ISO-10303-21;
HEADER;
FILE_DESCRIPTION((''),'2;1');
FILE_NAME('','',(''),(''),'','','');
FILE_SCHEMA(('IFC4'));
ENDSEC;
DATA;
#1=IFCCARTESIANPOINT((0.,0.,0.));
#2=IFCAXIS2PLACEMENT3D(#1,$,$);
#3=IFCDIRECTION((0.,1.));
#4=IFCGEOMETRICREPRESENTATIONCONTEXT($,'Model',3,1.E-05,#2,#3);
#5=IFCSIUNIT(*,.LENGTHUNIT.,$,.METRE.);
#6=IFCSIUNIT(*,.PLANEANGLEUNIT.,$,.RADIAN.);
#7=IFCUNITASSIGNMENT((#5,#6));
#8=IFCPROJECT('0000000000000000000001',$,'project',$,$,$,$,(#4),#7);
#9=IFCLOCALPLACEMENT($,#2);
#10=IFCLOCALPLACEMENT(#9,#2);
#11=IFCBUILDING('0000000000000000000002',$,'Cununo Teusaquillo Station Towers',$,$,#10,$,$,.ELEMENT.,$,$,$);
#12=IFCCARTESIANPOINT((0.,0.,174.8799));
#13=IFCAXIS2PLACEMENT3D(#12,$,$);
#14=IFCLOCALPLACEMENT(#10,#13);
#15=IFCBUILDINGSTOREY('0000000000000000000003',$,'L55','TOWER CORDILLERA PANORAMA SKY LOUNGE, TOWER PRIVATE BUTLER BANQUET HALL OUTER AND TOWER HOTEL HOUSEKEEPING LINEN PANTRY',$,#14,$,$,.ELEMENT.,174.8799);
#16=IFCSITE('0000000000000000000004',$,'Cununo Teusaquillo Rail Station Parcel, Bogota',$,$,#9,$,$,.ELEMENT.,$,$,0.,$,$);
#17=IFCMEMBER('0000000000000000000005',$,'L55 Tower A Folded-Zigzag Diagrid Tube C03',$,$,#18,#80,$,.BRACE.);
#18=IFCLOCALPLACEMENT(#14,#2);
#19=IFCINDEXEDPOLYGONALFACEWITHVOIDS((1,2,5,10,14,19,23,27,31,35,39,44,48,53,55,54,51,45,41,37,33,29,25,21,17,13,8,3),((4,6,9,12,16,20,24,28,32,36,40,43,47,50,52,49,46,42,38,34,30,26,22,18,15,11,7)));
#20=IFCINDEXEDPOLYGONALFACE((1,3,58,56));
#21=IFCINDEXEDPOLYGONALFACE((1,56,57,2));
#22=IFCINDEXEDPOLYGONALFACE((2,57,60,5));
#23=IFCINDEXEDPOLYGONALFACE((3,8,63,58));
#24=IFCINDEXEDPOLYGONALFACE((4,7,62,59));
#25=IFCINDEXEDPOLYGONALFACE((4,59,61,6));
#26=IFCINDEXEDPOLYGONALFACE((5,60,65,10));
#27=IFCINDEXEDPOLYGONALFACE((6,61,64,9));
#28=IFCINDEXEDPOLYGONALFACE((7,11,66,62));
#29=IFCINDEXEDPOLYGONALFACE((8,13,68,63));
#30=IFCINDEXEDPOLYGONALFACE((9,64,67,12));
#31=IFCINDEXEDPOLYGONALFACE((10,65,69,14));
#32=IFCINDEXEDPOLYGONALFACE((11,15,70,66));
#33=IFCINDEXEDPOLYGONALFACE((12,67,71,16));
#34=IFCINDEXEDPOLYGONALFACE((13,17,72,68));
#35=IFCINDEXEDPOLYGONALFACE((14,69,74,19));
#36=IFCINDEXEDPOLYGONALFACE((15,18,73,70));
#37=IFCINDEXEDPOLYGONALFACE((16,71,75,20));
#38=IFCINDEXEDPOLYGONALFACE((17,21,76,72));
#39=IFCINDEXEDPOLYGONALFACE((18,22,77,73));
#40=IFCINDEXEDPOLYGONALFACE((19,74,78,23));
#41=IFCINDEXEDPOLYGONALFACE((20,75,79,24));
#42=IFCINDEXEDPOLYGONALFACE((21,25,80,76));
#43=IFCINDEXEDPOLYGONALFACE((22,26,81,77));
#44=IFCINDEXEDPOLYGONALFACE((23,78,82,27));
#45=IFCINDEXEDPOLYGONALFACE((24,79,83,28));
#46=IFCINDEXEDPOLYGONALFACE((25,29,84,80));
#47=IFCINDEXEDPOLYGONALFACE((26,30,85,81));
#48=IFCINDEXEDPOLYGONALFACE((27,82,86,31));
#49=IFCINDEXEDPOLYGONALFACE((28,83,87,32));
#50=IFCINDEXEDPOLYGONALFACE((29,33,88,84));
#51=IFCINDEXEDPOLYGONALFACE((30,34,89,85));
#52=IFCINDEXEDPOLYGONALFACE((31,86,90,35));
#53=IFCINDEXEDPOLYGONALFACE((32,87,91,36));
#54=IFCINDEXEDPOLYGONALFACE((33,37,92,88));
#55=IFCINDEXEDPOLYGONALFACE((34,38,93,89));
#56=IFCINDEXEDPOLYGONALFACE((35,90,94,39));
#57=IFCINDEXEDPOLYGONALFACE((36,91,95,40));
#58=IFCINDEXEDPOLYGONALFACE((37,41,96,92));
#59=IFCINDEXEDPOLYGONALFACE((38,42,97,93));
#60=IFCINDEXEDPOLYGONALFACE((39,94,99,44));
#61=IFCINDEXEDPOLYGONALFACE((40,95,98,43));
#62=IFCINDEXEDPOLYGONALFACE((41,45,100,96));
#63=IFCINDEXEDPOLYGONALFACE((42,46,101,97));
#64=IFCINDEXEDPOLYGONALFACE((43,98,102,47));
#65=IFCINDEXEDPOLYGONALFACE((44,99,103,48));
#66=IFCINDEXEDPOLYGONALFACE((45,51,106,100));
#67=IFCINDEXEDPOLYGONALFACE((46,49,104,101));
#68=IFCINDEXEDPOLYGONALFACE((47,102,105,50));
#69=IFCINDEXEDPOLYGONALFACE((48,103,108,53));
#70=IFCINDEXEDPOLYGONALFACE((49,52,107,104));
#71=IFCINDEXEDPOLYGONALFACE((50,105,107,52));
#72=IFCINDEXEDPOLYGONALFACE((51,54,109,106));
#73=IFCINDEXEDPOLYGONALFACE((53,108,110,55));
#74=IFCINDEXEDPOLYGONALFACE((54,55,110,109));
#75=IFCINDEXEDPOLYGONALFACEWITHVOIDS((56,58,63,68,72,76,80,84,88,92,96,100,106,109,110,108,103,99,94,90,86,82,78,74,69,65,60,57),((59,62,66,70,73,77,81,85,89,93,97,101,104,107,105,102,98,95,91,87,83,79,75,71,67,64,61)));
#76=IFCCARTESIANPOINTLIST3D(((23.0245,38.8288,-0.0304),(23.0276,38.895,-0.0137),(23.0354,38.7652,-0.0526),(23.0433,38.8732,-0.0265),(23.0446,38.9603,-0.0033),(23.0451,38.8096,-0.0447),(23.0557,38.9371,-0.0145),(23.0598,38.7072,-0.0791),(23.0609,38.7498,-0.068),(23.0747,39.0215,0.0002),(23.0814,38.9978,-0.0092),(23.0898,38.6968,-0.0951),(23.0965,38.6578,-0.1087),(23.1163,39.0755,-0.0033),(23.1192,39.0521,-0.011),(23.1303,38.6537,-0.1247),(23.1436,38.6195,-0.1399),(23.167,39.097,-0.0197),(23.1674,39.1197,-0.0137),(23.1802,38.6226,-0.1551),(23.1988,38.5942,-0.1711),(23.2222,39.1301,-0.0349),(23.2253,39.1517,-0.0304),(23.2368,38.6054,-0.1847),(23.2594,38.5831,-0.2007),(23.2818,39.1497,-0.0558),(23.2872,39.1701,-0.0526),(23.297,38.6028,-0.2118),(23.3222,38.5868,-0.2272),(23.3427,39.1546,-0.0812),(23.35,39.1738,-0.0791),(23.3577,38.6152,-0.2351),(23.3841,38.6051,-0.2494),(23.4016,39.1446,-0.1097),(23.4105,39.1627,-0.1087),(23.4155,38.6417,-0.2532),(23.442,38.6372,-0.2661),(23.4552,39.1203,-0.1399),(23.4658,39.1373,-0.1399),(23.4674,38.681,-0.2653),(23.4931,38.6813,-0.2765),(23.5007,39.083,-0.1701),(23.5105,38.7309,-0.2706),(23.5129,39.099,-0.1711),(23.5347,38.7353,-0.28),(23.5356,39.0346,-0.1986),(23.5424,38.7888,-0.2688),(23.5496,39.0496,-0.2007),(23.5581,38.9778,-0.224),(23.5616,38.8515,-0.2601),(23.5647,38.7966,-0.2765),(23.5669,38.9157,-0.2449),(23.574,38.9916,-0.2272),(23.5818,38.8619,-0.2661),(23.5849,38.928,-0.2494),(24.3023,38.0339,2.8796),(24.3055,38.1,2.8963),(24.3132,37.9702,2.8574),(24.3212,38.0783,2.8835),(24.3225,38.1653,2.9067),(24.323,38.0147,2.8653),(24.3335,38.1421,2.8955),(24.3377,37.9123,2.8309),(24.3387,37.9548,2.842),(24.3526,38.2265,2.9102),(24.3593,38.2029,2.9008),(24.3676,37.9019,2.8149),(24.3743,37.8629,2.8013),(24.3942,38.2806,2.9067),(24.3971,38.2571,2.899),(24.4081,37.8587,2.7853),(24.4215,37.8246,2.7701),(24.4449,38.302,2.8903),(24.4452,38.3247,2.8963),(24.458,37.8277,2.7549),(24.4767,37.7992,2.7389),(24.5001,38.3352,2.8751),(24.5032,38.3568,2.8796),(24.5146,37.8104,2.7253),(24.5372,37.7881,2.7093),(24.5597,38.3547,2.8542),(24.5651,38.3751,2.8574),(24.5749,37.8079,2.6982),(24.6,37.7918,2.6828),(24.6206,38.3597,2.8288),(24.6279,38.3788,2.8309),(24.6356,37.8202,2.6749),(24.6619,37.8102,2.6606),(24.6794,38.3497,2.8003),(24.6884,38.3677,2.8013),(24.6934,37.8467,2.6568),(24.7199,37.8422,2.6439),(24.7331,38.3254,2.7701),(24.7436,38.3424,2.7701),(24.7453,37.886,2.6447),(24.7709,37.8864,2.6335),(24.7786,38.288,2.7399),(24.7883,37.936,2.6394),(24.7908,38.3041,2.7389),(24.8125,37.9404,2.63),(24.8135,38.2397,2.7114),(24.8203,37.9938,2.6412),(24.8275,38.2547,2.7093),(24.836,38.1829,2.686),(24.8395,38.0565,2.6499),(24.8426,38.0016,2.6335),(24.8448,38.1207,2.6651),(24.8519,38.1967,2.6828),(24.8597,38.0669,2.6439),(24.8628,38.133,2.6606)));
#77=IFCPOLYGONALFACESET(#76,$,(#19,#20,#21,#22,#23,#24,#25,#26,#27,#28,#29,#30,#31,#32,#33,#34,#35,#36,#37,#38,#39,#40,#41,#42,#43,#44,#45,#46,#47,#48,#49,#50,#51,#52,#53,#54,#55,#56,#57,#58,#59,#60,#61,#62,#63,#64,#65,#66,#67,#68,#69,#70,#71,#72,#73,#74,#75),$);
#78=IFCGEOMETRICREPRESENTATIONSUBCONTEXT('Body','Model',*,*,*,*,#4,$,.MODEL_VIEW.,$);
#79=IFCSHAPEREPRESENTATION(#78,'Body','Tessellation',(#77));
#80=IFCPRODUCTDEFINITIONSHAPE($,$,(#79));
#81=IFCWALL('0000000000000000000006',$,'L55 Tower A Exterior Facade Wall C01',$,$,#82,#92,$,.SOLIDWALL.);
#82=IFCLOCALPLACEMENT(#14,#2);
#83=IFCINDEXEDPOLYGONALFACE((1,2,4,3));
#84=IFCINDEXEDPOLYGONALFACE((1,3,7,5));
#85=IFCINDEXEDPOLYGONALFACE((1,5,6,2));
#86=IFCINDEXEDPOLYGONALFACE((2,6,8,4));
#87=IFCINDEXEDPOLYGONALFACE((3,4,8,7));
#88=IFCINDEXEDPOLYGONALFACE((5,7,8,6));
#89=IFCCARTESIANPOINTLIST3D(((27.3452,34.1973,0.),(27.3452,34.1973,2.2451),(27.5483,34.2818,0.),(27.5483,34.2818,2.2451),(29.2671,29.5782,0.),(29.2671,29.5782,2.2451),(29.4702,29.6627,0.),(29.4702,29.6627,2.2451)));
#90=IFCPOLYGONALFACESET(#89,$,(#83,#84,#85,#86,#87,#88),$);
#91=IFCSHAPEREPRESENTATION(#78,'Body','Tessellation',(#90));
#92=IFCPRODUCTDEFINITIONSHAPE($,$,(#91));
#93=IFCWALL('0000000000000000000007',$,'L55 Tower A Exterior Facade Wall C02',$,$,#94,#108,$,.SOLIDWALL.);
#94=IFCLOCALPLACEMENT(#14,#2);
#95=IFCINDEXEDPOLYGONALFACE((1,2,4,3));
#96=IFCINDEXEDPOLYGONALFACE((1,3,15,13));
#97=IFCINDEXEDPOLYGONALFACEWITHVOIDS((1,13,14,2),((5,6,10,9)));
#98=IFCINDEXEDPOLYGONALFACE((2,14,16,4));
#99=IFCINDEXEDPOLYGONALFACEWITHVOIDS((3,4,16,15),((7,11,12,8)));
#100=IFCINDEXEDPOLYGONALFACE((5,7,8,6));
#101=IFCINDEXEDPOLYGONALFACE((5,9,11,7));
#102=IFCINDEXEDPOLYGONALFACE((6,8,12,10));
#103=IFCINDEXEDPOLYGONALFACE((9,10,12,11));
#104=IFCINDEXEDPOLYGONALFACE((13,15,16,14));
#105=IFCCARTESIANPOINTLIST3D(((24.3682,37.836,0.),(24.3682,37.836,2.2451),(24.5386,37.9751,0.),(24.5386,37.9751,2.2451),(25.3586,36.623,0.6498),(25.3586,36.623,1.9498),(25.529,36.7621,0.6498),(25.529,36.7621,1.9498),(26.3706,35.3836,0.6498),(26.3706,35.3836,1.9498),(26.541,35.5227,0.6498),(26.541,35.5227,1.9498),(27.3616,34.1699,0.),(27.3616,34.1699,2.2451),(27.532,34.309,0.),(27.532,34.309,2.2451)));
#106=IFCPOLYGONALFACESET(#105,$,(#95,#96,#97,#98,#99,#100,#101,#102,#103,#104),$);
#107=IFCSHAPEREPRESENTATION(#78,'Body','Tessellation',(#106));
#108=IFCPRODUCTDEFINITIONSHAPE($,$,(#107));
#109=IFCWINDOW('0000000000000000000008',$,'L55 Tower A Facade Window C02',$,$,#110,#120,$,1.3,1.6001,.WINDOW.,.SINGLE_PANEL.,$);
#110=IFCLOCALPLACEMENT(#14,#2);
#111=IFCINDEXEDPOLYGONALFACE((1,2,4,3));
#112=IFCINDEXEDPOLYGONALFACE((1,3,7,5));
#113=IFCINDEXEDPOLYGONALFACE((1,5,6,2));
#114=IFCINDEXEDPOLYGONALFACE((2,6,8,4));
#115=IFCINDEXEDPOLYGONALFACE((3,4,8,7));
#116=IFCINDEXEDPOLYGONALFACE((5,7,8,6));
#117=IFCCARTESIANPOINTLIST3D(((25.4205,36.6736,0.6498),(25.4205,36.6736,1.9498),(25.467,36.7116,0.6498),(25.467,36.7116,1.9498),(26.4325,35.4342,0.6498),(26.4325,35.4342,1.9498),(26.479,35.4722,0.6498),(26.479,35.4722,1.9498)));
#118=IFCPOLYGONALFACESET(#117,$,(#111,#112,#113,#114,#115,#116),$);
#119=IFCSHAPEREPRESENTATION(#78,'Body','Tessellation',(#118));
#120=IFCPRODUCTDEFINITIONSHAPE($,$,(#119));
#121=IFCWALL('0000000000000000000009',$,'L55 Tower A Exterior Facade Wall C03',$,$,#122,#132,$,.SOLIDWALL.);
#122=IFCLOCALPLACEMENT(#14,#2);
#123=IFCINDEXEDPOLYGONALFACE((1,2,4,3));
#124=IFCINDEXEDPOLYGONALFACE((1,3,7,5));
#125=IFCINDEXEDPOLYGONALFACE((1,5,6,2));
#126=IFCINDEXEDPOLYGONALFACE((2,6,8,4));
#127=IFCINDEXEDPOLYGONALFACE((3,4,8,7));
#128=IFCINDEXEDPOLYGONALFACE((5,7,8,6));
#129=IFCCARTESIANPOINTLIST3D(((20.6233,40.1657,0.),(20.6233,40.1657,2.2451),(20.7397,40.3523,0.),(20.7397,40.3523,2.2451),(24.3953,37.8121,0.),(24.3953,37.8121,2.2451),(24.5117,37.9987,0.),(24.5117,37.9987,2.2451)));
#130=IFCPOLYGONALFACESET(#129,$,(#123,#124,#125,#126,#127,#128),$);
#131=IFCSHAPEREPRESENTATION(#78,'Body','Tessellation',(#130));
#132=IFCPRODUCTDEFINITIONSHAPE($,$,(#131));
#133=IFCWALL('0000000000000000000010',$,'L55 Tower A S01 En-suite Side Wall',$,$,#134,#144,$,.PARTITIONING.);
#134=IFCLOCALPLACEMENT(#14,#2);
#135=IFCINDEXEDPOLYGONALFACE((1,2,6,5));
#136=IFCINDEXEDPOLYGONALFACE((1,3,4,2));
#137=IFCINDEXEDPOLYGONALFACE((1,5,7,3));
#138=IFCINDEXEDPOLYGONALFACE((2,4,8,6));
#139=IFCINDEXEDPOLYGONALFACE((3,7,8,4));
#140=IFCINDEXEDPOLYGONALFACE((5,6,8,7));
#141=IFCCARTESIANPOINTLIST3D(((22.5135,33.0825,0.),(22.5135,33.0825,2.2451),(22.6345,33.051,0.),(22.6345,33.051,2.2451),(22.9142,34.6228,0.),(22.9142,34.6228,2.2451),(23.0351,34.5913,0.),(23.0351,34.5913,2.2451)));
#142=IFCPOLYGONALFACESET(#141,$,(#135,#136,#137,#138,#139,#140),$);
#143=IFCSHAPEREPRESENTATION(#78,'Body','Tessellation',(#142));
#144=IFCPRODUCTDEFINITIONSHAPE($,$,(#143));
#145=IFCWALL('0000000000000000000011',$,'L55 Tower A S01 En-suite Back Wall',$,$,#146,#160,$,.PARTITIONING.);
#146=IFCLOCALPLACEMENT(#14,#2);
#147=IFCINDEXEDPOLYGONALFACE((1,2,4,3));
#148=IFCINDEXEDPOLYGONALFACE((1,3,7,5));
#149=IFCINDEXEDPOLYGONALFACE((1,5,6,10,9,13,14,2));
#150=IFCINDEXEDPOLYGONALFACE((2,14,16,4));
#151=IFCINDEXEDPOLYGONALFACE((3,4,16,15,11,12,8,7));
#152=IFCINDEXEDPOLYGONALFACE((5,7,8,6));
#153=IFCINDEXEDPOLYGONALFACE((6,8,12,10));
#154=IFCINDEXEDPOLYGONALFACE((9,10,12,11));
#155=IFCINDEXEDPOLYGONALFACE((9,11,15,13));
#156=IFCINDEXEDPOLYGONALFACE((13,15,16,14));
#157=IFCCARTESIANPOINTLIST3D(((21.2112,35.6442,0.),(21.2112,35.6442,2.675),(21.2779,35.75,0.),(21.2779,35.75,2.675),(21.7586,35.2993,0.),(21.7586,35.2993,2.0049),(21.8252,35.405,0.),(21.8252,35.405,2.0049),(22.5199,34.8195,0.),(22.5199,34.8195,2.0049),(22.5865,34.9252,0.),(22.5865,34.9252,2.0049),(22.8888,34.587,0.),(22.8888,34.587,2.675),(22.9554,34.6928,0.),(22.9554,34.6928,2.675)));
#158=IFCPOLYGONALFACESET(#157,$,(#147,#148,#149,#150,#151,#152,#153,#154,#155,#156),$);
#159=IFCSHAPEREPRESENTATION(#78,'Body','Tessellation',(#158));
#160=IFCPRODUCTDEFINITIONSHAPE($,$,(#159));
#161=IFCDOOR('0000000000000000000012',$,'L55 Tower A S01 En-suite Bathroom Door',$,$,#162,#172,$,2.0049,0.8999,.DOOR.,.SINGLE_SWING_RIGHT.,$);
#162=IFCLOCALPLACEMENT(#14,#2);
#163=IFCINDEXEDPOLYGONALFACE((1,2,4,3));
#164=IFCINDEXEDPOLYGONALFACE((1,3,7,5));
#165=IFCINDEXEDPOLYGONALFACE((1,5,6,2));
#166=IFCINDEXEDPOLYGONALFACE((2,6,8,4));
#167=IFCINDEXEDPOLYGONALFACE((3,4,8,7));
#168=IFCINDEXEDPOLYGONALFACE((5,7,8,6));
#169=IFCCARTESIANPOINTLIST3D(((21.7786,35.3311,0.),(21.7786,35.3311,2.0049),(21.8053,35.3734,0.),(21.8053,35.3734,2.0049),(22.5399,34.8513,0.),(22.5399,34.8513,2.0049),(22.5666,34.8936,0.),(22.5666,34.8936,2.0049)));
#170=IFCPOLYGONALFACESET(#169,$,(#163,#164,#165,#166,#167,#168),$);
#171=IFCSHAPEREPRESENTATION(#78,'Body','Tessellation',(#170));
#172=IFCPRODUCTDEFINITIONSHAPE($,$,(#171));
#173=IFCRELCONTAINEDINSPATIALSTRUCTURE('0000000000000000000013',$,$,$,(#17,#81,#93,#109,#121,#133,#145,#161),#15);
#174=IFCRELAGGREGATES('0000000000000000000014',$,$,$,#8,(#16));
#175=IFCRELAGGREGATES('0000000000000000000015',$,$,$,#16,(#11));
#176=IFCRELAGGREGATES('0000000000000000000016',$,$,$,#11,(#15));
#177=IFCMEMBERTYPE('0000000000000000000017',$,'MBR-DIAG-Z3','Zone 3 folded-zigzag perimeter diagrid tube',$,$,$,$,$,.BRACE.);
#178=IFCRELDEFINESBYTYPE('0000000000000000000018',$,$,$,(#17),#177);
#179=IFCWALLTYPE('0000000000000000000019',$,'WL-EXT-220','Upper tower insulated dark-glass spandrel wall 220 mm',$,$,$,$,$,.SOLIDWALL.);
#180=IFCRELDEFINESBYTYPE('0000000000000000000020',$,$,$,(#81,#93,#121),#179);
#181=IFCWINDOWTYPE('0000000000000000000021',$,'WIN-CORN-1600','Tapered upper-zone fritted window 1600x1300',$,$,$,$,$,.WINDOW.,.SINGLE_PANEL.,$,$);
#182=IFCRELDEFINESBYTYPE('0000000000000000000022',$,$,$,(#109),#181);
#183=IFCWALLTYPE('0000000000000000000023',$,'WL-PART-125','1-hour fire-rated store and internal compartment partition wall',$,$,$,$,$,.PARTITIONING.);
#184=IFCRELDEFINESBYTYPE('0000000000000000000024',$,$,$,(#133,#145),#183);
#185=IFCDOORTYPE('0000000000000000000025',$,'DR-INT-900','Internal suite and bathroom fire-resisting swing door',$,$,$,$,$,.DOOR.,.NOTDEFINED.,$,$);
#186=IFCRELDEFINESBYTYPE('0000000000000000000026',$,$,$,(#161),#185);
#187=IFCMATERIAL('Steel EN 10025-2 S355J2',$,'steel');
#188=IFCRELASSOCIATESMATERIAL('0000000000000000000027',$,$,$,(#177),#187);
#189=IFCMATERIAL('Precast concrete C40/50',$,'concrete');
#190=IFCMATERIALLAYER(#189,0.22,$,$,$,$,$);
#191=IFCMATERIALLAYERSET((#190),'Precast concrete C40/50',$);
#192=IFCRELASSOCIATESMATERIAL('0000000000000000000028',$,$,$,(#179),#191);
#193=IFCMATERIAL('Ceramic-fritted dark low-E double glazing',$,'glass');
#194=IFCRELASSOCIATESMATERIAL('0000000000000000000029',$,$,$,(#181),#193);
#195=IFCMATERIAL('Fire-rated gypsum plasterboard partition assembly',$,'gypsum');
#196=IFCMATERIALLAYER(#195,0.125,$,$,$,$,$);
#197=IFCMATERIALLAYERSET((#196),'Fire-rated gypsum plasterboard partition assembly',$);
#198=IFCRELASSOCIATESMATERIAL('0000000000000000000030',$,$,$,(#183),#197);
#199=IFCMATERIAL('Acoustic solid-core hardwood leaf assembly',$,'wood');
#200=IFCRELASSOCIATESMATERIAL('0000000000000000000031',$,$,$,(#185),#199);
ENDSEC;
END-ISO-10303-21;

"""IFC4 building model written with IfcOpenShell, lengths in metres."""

from ifc_helpers import new_model, si_unit, direction, frame, frame_2d, origin, origin_2d, place, context, subcontext, project, spatial, rectangle, hollow_circle, extrude, source, transform, mapped, material, layer, layer_set, material_profile, profile_set, type_object, element, fill, save


model = new_model("IFC4")

# Units and contexts
model_context = context("Model", 3, precision=1e-05, world=origin(), true_north=direction((0.0, 1.0)))
body_context = subcontext(model_context, "Body", "Model", "MODEL_VIEW")
ifc_project = project(units=[si_unit("LENGTHUNIT", "METRE"), si_unit("PLANEANGLEUNIT", "RADIAN")], contexts=[model_context])

# Site, building, storey
site_placement = place(None, origin())
site = spatial("IfcSite", under=ifc_project, at=site_placement, Name="Cununo Teusaquillo Rail Station Parcel, Bogota", CompositionType="ELEMENT", RefElevation=0.0)
building_placement = place(site_placement, origin())
building = spatial("IfcBuilding", under=site, at=building_placement, Name="Cununo Teusaquillo Station Towers", CompositionType="ELEMENT")
storey_placement = place(building_placement, frame((0.0, 0.0, 174.8799)))
storey = spatial("IfcBuildingStorey", under=building, at=storey_placement, Name="L55", Description="TOWER CORDILLERA PANORAMA SKY LOUNGE, TOWER PRIVATE BUTLER BANQUET HALL OUTER AND TOWER HOTEL HOUSEKEEPING LINEN PANTRY", CompositionType="ELEMENT", Elevation=174.8799)

# Member
ifc_material_1 = material(Name="Steel EN 10025-2 S355J2", Category="steel")
ifc_material_profile_1 = material_profile(ifc_material_1, hollow_circle(Radius=0.3049, WallThickness=0.02, at=origin_2d()), Name="CHS 610x20")
ifc_profile_set_1 = profile_set([ifc_material_profile_1], Name="Steel EN 10025-2 S355J2")
member_type = type_object("IfcMemberType", Name="MBR-DIAG-Z3", Description="Zone 3 folded-zigzag perimeter diagrid tube", PredefinedType="BRACE", material=ifc_profile_set_1)
member_1_placement = place(storey_placement, frame((23.3047, 38.8784, -0.1399), z_axis=(0.390056, -0.242648, 0.888245), x_axis=(0.528219, 0.849108, 0.0)))
element("IfcMember", 1, at=member_1_placement, inside=storey, type_object=member_type, Name="L55 Tower A Folded-Zigzag Diagrid Tube C03", PredefinedType="BRACE", context=body_context, shape_type="SweptSolid", body=[
    extrude(hollow_circle(Radius=0.3049, WallThickness=0.02, at=origin_2d()), origin(), (0.0, 0.0, 1.0), 3.2761),
])

# Wall
ifc_material_2 = material(Name="Precast concrete C40/50", Category="concrete")
ifc_layer_1 = layer(ifc_material_2, 0.22)
ifc_layer_set_1 = layer_set([ifc_layer_1], Name="Precast concrete C40/50")
wall_type_1 = type_object("IfcWallType", Name="WL-EXT-220", Description="Upper tower insulated dark-glass spandrel wall 220 mm", PredefinedType="SOLIDWALL", material=ifc_layer_set_1)
wall_1_placement = place(storey_placement, frame((27.4468, 34.2395, 0.0), z_axis=(0.0, 0.0, 1.0), x_axis=(0.384144, -0.923273, 0.0)))
element("IfcWall", 2, at=wall_1_placement, inside=storey, type_object=wall_type_1, Name="L55 Tower A Exterior Facade Wall C01", PredefinedType="SOLIDWALL", context=body_context, shape_type="SweptSolid", body=[
    extrude(rectangle(XDim=5.0029, YDim=0.22, at=frame_2d((2.5015, 0.0))), origin(), (0.0, 0.0, 1.0), 2.2451),
])

# Wall, opening, window
wall_2_placement = place(storey_placement, frame((24.4534, 37.9055, 0.0), z_axis=(0.0, 0.0, 1.0), x_axis=(0.632471, -0.774584, 0.0)))
wall_2 = element("IfcWall", 3, at=wall_2_placement, inside=storey, type_object=wall_type_1, Name="L55 Tower A Exterior Facade Wall C02", PredefinedType="SOLIDWALL", context=body_context, shape_type="SweptSolid", body=[
    extrude(rectangle(XDim=4.7329, YDim=0.22, at=frame_2d((2.3665, 0.0))), origin(), (0.0, 0.0, 1.0), 2.2451),
])
shared_shape_1 = source(origin(), body_context, "Body", "SweptSolid", [
    extrude(rectangle(XDim=1.6001, YDim=1.3, at=frame_2d((0.8, 0.6499))), frame((0.0, 0.1199, 0.0), z_axis=(0.0, -1.0, 0.0), x_axis=(1.0, 0.0, 0.0)), (0.0, 0.0, 1.0), 0.24),
])
opening_1_placement = place(wall_2_placement, frame((1.5659, 0.0, 0.6499)))
opening_1 = element("IfcOpeningElement", 4, at=opening_1_placement, cuts=wall_2, PredefinedType="OPENING", context=body_context, shape_type="MappedRepresentation", body=[
    mapped(shared_shape_1, transform((0.0, 0.0, 0.0), x_axis=(1.0, 0.0, 0.0), y_axis=(0.0, 1.0, 0.0), z_axis=(0.0, 0.0, 1.0), scale=1.0)),
])
ifc_material_3 = material(Name="Ceramic-fritted dark low-E double glazing", Category="glass")
window_type = type_object("IfcWindowType", Name="WIN-CORN-1600", Description="Tapered upper-zone fritted window 1600x1300", PartitioningType="SINGLE_PANEL", PredefinedType="WINDOW", material=ifc_material_3)
shared_shape_2 = source(origin(), body_context, "Body", "SweptSolid", [
    extrude(rectangle(XDim=1.6001, YDim=1.3, at=frame_2d((0.8, 0.6499))), frame((0.0, 0.03, 0.0), z_axis=(0.0, -1.0, 0.0), x_axis=(1.0, 0.0, 0.0)), (0.0, 0.0, 1.0), 0.0601),
])
window_placement = place(opening_1_placement, origin())
window = element("IfcWindow", 5, at=window_placement, inside=storey, type_object=window_type, Name="L55 Tower A Facade Window C02", OverallHeight=1.3, OverallWidth=1.6001, PartitioningType="SINGLE_PANEL", PredefinedType="WINDOW", context=body_context, shape_type="MappedRepresentation", body=[
    mapped(shared_shape_2, transform((0.0, 0.0, 0.0), x_axis=(1.0, 0.0, 0.0), y_axis=(0.0, 1.0, 0.0), z_axis=(0.0, 0.0, 1.0), scale=1.0)),
])
fill(opening_1, window)

# Walls
wall_3_placement = place(storey_placement, frame((20.6814, 40.259, 0.0), z_axis=(0.0, 0.0, 1.0), x_axis=(0.848399, -0.529357, 0.0)))
element("IfcWall", 6, at=wall_3_placement, inside=storey, type_object=wall_type_1, Name="L55 Tower A Exterior Facade Wall C03", PredefinedType="SOLIDWALL", context=body_context, shape_type="SweptSolid", body=[
    extrude(rectangle(XDim=4.446, YDim=0.22, at=frame_2d((2.2231, 0.0))), origin(), (0.0, 0.0, 1.0), 2.2451),
])
ifc_material_4 = material(Name="Fire-rated gypsum plasterboard partition assembly", Category="gypsum")
ifc_layer_2 = layer(ifc_material_4, 0.125)
ifc_layer_set_2 = layer_set([ifc_layer_2], Name="Fire-rated gypsum plasterboard partition assembly")
wall_type_2 = type_object("IfcWallType", Name="WL-PART-125", Description="1-hour fire-rated store and internal compartment partition wall", PredefinedType="PARTITIONING", material=ifc_layer_set_2)
wall_4_placement = place(storey_placement, frame((22.574, 33.0667, 0.0), z_axis=(0.0, 0.0, 1.0), x_axis=(0.251729, 0.967798, 0.0)))
element("IfcWall", 7, at=wall_4_placement, inside=storey, type_object=wall_type_2, Name="L55 Tower A S01 En-suite Side Wall", PredefinedType="PARTITIONING", context=body_context, shape_type="SweptSolid", body=[
    extrude(rectangle(XDim=1.5916, YDim=0.125, at=frame_2d((0.7959, 0.0))), origin(), (0.0, 0.0, 1.0), 2.2451),
])

# Wall, opening, door
wall_5_placement = place(storey_placement, frame((22.9221, 34.6399, 0.0), z_axis=(0.0, 0.0, 1.0), x_axis=(-0.846021, 0.53315, 0.0)))
wall_5 = element("IfcWall", 8, at=wall_5_placement, inside=storey, type_object=wall_type_2, Name="L55 Tower A S01 En-suite Back Wall", PredefinedType="PARTITIONING", context=body_context, shape_type="SweptSolid", body=[
    extrude(rectangle(XDim=1.9829, YDim=0.125, at=frame_2d((0.9915, 0.0))), origin(), (0.0, 0.0, 1.0), 2.675),
])
shared_shape_3 = source(origin(), body_context, "Body", "SweptSolid", [
    extrude(rectangle(XDim=0.8999, YDim=2.0049, at=frame_2d((0.45, 1.0024))), frame((0.0, 0.0725, 0.0), z_axis=(0.0, -1.0, 0.0), x_axis=(1.0, 0.0, 0.0)), (0.0, 0.0, 1.0), 0.145),
])
opening_2_placement = place(wall_5_placement, frame((0.436, 0.0, 0.0)))
opening_2 = element("IfcOpeningElement", 9, at=opening_2_placement, cuts=wall_5, PredefinedType="OPENING", context=body_context, shape_type="MappedRepresentation", body=[
    mapped(shared_shape_3, transform((0.0, 0.0, 0.0), x_axis=(1.0, 0.0, 0.0), y_axis=(0.0, 1.0, 0.0), z_axis=(0.0, 0.0, 1.0), scale=1.0)),
])
ifc_material_5 = material(Name="Acoustic solid-core hardwood leaf assembly", Category="wood")
door_type_1 = type_object("IfcDoorType", Name="DR-INT-900", Description="Internal suite and bathroom fire-resisting swing door", OperationType="NOTDEFINED", PredefinedType="DOOR", material=ifc_material_5)
shared_shape_4 = source(origin(), body_context, "Body", "SweptSolid", [
    extrude(rectangle(XDim=0.8999, YDim=2.0049, at=frame_2d((0.45, 1.0024))), frame((0.0, 0.0249, 0.0), z_axis=(0.0, -1.0, 0.0), x_axis=(1.0, 0.0, 0.0)), (0.0, 0.0, 1.0), 0.05),
])
door_1_placement = place(opening_2_placement, origin())
door_1 = element("IfcDoor", 10, at=door_1_placement, inside=storey, type_object=door_type_1, Name="L55 Tower A S01 En-suite Bathroom Door", OperationType="SINGLE_SWING_RIGHT", OverallHeight=2.0049, OverallWidth=0.8999, PredefinedType="DOOR", context=body_context, shape_type="MappedRepresentation", body=[
    mapped(shared_shape_4, transform((0.0, 0.0, 0.0), x_axis=(1.0, 0.0, 0.0), y_axis=(0.0, 1.0, 0.0), z_axis=(0.0, 0.0, 1.0), scale=1.0)),
])
fill(opening_2, door_1)

save(model, "model.ifc")
